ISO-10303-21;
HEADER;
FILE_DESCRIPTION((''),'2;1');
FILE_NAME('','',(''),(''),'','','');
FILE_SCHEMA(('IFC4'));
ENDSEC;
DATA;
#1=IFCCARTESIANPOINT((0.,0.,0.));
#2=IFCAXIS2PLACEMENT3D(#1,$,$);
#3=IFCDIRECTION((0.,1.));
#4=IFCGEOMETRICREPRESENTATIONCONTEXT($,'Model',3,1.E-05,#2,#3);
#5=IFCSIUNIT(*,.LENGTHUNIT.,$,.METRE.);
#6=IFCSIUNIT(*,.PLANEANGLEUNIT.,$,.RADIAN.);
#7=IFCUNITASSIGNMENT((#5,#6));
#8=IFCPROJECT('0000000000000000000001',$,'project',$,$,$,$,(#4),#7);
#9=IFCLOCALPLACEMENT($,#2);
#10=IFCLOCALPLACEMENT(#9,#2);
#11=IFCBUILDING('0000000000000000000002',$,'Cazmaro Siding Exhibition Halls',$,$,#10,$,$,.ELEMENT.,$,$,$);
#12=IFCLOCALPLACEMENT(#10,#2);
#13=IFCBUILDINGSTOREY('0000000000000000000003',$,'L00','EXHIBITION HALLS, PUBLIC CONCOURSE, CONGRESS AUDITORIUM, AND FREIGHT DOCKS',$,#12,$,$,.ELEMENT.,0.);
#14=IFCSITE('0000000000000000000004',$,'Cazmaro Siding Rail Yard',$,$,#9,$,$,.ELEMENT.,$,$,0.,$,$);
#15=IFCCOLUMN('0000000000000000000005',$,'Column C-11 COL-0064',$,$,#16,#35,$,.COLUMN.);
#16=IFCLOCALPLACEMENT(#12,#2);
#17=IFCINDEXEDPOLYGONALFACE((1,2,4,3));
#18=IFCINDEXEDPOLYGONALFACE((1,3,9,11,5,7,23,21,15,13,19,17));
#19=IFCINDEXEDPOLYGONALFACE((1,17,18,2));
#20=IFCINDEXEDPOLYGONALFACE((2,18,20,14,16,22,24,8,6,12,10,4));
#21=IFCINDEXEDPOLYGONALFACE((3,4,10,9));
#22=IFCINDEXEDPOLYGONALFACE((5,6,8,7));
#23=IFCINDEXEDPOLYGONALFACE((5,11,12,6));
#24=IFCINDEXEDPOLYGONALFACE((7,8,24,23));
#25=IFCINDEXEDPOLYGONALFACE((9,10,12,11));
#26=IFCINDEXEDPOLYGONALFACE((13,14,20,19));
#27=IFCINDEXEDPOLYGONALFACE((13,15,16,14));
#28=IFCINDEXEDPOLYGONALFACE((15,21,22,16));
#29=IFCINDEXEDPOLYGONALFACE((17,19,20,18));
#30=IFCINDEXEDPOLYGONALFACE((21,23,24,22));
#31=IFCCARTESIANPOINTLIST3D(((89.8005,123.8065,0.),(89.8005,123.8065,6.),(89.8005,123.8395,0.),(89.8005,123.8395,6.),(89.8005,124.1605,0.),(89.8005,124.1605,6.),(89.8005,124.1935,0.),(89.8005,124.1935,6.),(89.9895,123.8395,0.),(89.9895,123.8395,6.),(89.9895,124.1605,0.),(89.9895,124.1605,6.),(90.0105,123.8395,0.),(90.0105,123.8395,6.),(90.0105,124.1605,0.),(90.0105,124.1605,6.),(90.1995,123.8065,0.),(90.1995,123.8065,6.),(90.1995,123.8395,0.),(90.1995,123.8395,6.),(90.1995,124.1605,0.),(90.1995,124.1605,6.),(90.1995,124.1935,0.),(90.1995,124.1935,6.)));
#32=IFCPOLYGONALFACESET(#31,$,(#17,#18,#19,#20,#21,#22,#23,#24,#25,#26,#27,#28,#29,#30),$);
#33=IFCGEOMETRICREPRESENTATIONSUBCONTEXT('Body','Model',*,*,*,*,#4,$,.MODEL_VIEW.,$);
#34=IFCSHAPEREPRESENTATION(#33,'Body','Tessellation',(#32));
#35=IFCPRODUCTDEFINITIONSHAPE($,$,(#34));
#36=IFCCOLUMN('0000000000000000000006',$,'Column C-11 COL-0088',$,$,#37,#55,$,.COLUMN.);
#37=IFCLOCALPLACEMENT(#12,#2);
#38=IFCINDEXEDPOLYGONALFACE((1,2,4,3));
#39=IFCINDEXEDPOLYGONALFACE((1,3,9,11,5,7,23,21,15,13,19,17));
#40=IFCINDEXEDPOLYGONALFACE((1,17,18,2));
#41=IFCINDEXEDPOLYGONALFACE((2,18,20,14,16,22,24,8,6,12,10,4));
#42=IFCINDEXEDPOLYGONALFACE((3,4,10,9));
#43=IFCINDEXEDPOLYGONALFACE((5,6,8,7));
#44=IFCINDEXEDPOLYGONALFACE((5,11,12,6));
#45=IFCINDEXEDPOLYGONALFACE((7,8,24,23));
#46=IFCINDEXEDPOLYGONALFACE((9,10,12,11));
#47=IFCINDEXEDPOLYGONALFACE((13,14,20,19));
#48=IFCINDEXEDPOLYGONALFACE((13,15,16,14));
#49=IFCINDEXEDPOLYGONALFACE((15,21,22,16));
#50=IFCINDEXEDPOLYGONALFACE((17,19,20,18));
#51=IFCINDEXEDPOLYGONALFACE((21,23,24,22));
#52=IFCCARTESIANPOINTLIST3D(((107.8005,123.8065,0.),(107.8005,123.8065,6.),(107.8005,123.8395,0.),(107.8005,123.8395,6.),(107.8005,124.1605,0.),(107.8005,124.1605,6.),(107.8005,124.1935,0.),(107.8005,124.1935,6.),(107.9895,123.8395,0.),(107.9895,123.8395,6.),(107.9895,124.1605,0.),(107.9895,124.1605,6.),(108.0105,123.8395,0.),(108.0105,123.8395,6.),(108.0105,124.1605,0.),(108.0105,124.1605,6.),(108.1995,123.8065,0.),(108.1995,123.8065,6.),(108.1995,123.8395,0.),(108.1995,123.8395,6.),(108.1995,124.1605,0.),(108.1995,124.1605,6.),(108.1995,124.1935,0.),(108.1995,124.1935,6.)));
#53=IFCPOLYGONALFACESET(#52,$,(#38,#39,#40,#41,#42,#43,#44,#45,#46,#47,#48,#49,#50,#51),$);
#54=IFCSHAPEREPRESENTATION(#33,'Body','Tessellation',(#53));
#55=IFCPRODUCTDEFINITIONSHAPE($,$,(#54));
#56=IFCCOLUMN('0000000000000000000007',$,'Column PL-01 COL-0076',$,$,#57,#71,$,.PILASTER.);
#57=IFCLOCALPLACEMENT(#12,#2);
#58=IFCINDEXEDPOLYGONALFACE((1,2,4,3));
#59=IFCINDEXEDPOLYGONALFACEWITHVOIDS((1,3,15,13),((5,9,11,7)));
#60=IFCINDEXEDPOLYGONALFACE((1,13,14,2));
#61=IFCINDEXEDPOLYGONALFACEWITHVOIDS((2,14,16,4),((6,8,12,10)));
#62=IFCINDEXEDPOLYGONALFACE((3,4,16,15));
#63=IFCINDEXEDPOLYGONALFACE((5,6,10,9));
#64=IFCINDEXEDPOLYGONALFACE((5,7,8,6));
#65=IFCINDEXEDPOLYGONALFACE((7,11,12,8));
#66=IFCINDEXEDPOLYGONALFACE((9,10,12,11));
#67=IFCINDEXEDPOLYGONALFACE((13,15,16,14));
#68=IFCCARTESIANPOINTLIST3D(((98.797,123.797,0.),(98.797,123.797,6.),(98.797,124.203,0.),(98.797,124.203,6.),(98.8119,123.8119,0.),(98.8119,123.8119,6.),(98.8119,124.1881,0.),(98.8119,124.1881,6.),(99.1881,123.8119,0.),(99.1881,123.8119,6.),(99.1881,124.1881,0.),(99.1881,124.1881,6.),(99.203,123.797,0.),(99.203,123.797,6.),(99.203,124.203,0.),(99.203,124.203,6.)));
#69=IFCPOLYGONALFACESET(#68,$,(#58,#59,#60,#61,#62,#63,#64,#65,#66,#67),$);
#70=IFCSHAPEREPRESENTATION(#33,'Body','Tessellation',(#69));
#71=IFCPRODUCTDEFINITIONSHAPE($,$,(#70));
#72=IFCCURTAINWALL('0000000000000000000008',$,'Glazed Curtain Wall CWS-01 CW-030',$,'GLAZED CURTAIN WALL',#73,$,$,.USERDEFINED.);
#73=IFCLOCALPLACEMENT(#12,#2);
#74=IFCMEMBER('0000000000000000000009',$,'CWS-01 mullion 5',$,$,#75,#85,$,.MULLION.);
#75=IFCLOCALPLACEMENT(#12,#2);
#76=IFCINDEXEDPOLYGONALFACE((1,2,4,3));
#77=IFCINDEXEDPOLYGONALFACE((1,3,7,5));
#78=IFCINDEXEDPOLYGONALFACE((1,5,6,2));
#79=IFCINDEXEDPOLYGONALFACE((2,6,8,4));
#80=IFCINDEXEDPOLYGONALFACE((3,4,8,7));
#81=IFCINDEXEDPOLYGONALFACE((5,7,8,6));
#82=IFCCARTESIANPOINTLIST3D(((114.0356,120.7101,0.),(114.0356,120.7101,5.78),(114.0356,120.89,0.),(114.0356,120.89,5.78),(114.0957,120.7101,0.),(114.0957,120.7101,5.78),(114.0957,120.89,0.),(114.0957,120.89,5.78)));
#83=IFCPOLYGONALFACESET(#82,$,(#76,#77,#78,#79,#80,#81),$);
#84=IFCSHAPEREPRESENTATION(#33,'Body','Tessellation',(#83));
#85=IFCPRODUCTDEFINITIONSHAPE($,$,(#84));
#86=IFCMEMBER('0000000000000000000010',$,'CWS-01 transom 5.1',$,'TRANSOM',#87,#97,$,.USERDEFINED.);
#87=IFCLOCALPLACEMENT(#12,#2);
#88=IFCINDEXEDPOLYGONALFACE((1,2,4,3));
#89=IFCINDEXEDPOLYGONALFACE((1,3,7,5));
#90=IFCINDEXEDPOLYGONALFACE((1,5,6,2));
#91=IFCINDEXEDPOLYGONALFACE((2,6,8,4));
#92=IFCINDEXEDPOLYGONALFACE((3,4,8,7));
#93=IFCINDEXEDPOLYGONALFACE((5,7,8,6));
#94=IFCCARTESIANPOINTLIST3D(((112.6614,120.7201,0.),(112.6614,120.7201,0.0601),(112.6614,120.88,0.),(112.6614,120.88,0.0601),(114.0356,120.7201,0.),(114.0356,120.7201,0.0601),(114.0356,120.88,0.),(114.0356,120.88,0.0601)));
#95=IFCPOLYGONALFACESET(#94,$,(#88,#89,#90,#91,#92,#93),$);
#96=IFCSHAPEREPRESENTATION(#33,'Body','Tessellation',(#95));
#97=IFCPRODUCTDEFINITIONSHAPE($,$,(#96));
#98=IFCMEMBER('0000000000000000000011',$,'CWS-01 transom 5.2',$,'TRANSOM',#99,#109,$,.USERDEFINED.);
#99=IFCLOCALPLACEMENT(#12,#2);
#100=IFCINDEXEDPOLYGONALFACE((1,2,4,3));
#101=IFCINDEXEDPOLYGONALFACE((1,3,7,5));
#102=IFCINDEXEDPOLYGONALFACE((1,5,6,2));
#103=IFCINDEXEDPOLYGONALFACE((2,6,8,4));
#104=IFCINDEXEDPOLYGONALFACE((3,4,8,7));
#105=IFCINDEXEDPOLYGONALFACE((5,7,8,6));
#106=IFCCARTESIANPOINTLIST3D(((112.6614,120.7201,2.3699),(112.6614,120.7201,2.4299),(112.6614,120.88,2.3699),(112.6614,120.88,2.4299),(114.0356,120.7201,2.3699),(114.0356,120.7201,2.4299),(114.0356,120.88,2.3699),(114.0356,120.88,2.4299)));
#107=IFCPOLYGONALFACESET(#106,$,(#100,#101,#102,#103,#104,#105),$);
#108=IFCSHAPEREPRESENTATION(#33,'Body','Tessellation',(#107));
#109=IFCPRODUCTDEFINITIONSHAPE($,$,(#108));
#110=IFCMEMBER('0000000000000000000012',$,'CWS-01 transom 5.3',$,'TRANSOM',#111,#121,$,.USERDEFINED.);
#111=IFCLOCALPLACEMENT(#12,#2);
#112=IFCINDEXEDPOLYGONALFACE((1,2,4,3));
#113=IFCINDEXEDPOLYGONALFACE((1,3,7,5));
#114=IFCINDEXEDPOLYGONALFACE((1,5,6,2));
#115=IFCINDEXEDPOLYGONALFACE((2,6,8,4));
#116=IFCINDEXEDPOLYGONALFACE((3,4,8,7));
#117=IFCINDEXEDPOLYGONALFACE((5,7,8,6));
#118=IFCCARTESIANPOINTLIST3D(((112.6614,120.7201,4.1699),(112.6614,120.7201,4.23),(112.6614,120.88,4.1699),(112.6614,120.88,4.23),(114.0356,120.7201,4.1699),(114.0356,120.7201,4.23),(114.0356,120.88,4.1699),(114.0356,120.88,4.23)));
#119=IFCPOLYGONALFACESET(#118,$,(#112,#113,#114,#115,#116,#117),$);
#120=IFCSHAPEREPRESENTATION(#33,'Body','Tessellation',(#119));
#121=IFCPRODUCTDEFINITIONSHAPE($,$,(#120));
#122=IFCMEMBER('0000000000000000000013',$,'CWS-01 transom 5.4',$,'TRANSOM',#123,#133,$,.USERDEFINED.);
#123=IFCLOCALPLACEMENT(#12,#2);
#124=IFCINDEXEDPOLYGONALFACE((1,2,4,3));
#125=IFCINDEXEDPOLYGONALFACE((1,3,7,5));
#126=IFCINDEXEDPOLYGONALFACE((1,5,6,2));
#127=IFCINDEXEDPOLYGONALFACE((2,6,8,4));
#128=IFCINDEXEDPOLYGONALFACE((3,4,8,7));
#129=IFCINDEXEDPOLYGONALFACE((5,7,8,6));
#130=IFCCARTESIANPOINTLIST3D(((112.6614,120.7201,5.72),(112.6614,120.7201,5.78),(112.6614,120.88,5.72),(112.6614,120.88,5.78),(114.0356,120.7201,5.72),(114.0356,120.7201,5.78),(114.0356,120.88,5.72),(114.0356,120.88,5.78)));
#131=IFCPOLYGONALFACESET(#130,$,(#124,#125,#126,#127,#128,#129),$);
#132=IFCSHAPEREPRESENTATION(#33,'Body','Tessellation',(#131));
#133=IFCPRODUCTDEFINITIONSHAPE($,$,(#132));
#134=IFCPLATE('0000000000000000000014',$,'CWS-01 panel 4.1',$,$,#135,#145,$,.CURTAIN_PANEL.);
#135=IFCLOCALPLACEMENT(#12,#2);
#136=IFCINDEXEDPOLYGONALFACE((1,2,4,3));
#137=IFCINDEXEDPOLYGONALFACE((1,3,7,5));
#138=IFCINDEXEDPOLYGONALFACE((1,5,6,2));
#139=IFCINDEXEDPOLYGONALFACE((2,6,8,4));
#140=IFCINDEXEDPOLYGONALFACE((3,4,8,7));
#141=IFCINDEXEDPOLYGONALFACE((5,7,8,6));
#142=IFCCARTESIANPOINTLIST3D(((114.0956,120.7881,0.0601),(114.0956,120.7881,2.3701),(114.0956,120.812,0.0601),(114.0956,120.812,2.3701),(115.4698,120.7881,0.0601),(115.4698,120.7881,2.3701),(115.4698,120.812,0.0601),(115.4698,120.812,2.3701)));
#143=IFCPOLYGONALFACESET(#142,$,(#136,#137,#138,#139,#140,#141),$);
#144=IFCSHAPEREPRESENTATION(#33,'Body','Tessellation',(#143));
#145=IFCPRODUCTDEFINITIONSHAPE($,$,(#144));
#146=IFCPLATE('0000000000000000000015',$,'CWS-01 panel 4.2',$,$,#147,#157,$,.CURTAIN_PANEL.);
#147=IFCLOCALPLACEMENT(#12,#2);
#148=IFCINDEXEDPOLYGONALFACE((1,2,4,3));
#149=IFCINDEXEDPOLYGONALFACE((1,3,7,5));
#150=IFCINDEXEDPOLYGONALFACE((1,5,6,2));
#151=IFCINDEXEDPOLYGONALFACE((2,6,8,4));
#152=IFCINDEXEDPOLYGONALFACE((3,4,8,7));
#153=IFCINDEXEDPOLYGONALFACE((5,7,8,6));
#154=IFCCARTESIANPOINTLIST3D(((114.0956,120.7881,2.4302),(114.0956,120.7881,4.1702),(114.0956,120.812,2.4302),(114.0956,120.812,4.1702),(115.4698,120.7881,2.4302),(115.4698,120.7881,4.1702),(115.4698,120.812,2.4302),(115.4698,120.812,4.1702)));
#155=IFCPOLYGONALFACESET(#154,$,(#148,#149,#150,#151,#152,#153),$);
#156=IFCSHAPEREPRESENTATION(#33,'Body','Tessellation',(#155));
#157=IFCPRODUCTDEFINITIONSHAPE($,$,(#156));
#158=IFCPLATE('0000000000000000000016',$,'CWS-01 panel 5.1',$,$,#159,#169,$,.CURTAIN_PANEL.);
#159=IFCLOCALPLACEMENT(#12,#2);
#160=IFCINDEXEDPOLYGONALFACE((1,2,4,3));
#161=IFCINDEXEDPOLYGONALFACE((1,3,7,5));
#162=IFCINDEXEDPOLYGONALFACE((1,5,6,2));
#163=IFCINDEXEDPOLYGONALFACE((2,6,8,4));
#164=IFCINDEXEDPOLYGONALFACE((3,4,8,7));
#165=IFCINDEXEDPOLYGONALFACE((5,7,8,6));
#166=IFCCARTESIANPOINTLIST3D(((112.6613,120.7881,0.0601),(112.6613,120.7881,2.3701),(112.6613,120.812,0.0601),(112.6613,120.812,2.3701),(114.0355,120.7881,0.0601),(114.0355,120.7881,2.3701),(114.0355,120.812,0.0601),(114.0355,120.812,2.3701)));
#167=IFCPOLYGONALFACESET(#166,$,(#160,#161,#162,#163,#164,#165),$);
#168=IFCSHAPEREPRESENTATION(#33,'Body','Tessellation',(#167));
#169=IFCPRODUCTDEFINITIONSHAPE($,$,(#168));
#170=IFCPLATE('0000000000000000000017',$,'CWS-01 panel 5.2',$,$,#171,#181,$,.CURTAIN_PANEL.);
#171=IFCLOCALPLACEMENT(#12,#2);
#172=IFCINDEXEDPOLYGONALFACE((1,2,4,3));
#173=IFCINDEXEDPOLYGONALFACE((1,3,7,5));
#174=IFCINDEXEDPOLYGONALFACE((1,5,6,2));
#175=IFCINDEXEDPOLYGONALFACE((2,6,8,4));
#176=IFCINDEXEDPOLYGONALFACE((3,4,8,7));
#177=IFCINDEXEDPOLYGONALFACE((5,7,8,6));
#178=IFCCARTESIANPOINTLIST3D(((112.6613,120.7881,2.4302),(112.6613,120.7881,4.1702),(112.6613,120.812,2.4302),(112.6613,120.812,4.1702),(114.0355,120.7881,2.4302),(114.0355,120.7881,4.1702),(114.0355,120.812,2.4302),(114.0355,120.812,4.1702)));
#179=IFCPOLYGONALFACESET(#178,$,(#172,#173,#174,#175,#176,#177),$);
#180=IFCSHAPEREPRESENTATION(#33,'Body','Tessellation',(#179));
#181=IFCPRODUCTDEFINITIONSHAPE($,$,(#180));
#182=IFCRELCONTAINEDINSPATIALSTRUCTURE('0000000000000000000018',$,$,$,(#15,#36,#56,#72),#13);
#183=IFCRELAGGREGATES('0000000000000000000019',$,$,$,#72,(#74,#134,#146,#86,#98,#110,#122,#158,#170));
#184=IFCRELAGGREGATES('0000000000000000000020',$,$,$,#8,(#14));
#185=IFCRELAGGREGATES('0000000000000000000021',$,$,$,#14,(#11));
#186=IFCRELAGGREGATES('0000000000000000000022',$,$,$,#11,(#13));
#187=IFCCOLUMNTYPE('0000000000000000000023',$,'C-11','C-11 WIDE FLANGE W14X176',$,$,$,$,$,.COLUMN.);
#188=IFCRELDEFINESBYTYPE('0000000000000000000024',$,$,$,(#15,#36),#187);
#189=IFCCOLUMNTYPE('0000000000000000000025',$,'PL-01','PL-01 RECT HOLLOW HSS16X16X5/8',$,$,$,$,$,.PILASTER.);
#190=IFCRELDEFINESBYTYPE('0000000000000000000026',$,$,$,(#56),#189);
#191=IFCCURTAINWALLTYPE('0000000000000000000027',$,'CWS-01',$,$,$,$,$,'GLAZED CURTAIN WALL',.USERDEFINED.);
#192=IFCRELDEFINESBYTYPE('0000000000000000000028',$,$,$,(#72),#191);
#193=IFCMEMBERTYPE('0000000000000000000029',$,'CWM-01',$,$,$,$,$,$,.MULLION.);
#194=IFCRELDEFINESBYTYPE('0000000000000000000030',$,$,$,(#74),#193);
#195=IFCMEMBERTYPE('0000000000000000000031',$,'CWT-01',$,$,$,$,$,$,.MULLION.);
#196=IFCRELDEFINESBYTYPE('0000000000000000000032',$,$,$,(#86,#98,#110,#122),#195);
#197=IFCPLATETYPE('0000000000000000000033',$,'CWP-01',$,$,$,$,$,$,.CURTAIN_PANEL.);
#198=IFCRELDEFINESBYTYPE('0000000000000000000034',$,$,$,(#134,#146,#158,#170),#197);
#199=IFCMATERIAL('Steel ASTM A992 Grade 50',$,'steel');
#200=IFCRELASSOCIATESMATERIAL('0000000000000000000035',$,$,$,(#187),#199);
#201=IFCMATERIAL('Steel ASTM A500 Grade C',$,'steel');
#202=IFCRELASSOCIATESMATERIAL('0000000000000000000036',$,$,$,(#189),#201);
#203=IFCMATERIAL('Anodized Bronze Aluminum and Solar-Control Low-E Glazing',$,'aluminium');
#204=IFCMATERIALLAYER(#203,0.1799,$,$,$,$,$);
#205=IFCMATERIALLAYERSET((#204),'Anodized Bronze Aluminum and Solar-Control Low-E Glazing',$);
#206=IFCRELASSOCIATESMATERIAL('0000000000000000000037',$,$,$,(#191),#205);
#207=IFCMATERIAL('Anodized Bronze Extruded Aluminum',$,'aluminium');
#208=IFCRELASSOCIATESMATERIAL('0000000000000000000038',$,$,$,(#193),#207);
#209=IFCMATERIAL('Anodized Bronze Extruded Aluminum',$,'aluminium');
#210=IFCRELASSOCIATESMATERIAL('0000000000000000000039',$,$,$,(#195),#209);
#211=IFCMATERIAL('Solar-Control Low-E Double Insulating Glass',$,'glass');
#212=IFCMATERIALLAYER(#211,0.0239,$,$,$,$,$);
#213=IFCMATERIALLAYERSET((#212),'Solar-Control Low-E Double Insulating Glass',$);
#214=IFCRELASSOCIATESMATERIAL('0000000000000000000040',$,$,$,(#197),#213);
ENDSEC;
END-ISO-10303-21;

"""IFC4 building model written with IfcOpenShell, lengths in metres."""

from ifc_helpers import new_model, si_unit, direction, frame, origin, origin_2d, place, context, subcontext, project, spatial, rectangle, hollow_rectangle, i_section, extrude, material, layer, layer_set, material_profile, profile_set, type_object, element, aggregate, save


model = new_model("IFC4")

# Units and contexts
model_context = context("Model", 3, precision=1e-05, world=origin(), true_north=direction((0.0, 1.0)))
body_context = subcontext(model_context, "Body", "Model", "MODEL_VIEW")
ifc_project = project(units=[si_unit("LENGTHUNIT", "METRE"), si_unit("PLANEANGLEUNIT", "RADIAN")], contexts=[model_context])

# Site, building, storey
site_placement = place(None, origin())
site = spatial("IfcSite", under=ifc_project, at=site_placement, Name="Cazmaro Siding Rail Yard", CompositionType="ELEMENT", RefElevation=0.0)
building_placement = place(site_placement, origin())
building = spatial("IfcBuilding", under=site, at=building_placement, Name="Cazmaro Siding Exhibition Halls", CompositionType="ELEMENT")
storey_placement = place(building_placement, origin())
storey = spatial("IfcBuildingStorey", under=building, at=storey_placement, Name="L00", Description="EXHIBITION HALLS, PUBLIC CONCOURSE, CONGRESS AUDITORIUM, AND FREIGHT DOCKS", CompositionType="ELEMENT", Elevation=0.0)

# Columns
ifc_material_1 = material(Name="Steel ASTM A992 Grade 50", Category="steel")
ifc_material_profile_1 = material_profile(ifc_material_1, i_section(OverallWidth=0.3989, OverallDepth=0.387, WebThickness=0.021, FlangeThickness=0.033, at=origin_2d()), Name="W14X176")
ifc_profile_set_1 = profile_set([ifc_material_profile_1], Name="Steel ASTM A992 Grade 50")
column_type_1 = type_object("IfcColumnType", Name="C-11", Description="C-11 WIDE FLANGE W14X176", PredefinedType="COLUMN", material=ifc_profile_set_1)
for number, where, z_axis, x_axis, name in (
    (1, (90.0, 124.0, 0.0), (0.0, 0.0, 1.0), (1.0, 0.0, 0.0), "Column C-11 COL-0064"),
    (2, (108.0, 124.0, 0.0), (0.0, 0.0, 1.0), (1.0, 0.0, 0.0), "Column C-11 COL-0088"),
):
    element("IfcColumn", number, at=place(storey_placement, frame(where, z_axis=z_axis, x_axis=x_axis)), inside=storey, type_object=column_type_1, Name=name, PredefinedType="COLUMN", context=body_context, shape_type="SweptSolid", body=[
        extrude(i_section(OverallWidth=0.3989, OverallDepth=0.387, WebThickness=0.021, FlangeThickness=0.033, at=origin_2d()), origin(), (0.0, 0.0, 1.0), 6.0),
    ])
ifc_material_2 = material(Name="Steel ASTM A500 Grade C", Category="steel")
ifc_material_profile_2 = material_profile(ifc_material_2, hollow_rectangle(XDim=0.406, YDim=0.406, WallThickness=0.0149, at=origin_2d()), Name="HSS16X16X5/8")
ifc_profile_set_2 = profile_set([ifc_material_profile_2], Name="Steel ASTM A500 Grade C")
column_type_2 = type_object("IfcColumnType", Name="PL-01", Description="PL-01 RECT HOLLOW HSS16X16X5/8", PredefinedType="PILASTER", material=ifc_profile_set_2)
column_placement = place(storey_placement, frame((99.0, 124.0, 0.0), z_axis=(0.0, 0.0, 1.0), x_axis=(1.0, 0.0, 0.0)))
element("IfcColumn", 3, at=column_placement, inside=storey, type_object=column_type_2, Name="Column PL-01 COL-0076", PredefinedType="PILASTER", context=body_context, shape_type="SweptSolid", body=[
    extrude(hollow_rectangle(XDim=0.406, YDim=0.406, WallThickness=0.0149, at=origin_2d()), origin(), (0.0, 0.0, 1.0), 6.0),
])

# Curtain wall, members, plates
ifc_material_3 = material(Name="Anodized Bronze Aluminum and Solar-Control Low-E Glazing", Category="aluminium")
ifc_layer_1 = layer(ifc_material_3, 0.1799)
ifc_layer_set_1 = layer_set([ifc_layer_1], Name="Anodized Bronze Aluminum and Solar-Control Low-E Glazing")
curtain_wall_type = type_object("IfcCurtainWallType", Name="CWS-01", ElementType="GLAZED CURTAIN WALL", PredefinedType="USERDEFINED", material=ifc_layer_set_1)
curtain_wall_placement = place(storey_placement, origin())
curtain_wall = element("IfcCurtainWall", 4, at=curtain_wall_placement, inside=storey, type_object=curtain_wall_type, Name="Glazed Curtain Wall CWS-01 CW-030", ObjectType="GLAZED CURTAIN WALL", PredefinedType="USERDEFINED")
ifc_material_4 = material(Name="Anodized Bronze Extruded Aluminum", Category="aluminium")
ifc_material_profile_3 = material_profile(ifc_material_4, rectangle(XDim=0.1799, YDim=0.0601, at=origin_2d()), Name="CWM-01")
ifc_profile_set_3 = profile_set([ifc_material_profile_3], Name="Anodized Bronze Extruded Aluminum")
member_type_1 = type_object("IfcMemberType", Name="CWM-01", PredefinedType="MULLION", material=ifc_profile_set_3)
member_1_placement = place(storey_placement, frame((114.0657, 120.8, 0.0), z_axis=(0.0, 0.0, 1.0), x_axis=(0.0, -1.0, 0.0)))
member_1 = element("IfcMember", 5, at=member_1_placement, type_object=member_type_1, Name="CWS-01 mullion 5", PredefinedType="MULLION", context=body_context, shape_type="SweptSolid", body=[
    extrude(rectangle(XDim=0.1799, YDim=0.0601, at=origin_2d()), origin(), (0.0, 0.0, 1.0), 5.78),
])
ifc_material_5 = material(Name="Anodized Bronze Extruded Aluminum", Category="aluminium")
ifc_material_profile_4 = material_profile(ifc_material_5, rectangle(XDim=0.1599, YDim=0.0601, at=origin_2d()), Name="CWT-01")
ifc_profile_set_4 = profile_set([ifc_material_profile_4], Name="Anodized Bronze Extruded Aluminum")
member_type_2 = type_object("IfcMemberType", Name="CWT-01", PredefinedType="MULLION", material=ifc_profile_set_4)
member_2_placement = place(storey_placement, frame((114.0356, 120.8, 0.03), z_axis=(-1.0, 0.0, 0.0), x_axis=(0.0, -1.0, 0.0)))
member_2 = element("IfcMember", 6, at=member_2_placement, type_object=member_type_2, Name="CWS-01 transom 5.1", ObjectType="TRANSOM", PredefinedType="USERDEFINED", context=body_context, shape_type="SweptSolid", body=[
    extrude(rectangle(XDim=0.1599, YDim=0.0601, at=origin_2d()), origin(), (0.0, 0.0, 1.0), 1.3743),
])
member_3_placement = place(storey_placement, frame((114.0356, 120.8, 2.3999), z_axis=(-1.0, 0.0, 0.0), x_axis=(0.0, -1.0, 0.0)))
member_3 = element("IfcMember", 7, at=member_3_placement, type_object=member_type_2, Name="CWS-01 transom 5.2", ObjectType="TRANSOM", PredefinedType="USERDEFINED", context=body_context, shape_type="SweptSolid", body=[
    extrude(rectangle(XDim=0.1599, YDim=0.0601, at=origin_2d()), origin(), (0.0, 0.0, 1.0), 1.3743),
])
member_4_placement = place(storey_placement, frame((114.0356, 120.8, 4.2), z_axis=(-1.0, 0.0, 0.0), x_axis=(0.0, -1.0, 0.0)))
member_4 = element("IfcMember", 8, at=member_4_placement, type_object=member_type_2, Name="CWS-01 transom 5.3", ObjectType="TRANSOM", PredefinedType="USERDEFINED", context=body_context, shape_type="SweptSolid", body=[
    extrude(rectangle(XDim=0.1599, YDim=0.0601, at=origin_2d()), origin(), (0.0, 0.0, 1.0), 1.3743),
])
member_5_placement = place(storey_placement, frame((114.0356, 120.8, 5.75), z_axis=(-1.0, 0.0, 0.0), x_axis=(0.0, -1.0, 0.0)))
member_5 = element("IfcMember", 9, at=member_5_placement, type_object=member_type_2, Name="CWS-01 transom 5.4", ObjectType="TRANSOM", PredefinedType="USERDEFINED", context=body_context, shape_type="SweptSolid", body=[
    extrude(rectangle(XDim=0.1599, YDim=0.0601, at=origin_2d()), origin(), (0.0, 0.0, 1.0), 1.3743),
])
ifc_material_6 = material(Name="Solar-Control Low-E Double Insulating Glass", Category="glass")
ifc_layer_2 = layer(ifc_material_6, 0.0239)
ifc_layer_set_2 = layer_set([ifc_layer_2], Name="Solar-Control Low-E Double Insulating Glass")
plate_type = type_object("IfcPlateType", Name="CWP-01", PredefinedType="CURTAIN_PANEL", material=ifc_layer_set_2)
plate_1_placement = place(storey_placement, frame((114.7827, 120.8, 0.0601), z_axis=(0.0, 0.0, 1.0), x_axis=(-1.0, 0.0, 0.0)))
plate_1 = element("IfcPlate", 10, at=plate_1_placement, type_object=plate_type, Name="CWS-01 panel 4.1", PredefinedType="CURTAIN_PANEL", context=body_context, shape_type="SweptSolid", body=[
    extrude(rectangle(XDim=1.3743, YDim=0.0239, at=origin_2d()), origin(), (0.0, 0.0, 1.0), 2.3101),
])
plate_2_placement = place(storey_placement, frame((114.7827, 120.8, 2.4302), z_axis=(0.0, 0.0, 1.0), x_axis=(-1.0, 0.0, 0.0)))
plate_2 = element("IfcPlate", 11, at=plate_2_placement, type_object=plate_type, Name="CWS-01 panel 4.2", PredefinedType="CURTAIN_PANEL", context=body_context, shape_type="SweptSolid", body=[
    extrude(rectangle(XDim=1.3743, YDim=0.0239, at=origin_2d()), origin(), (0.0, 0.0, 1.0), 1.74),
])
plate_3_placement = place(storey_placement, frame((113.3484, 120.8, 0.0601), z_axis=(0.0, 0.0, 1.0), x_axis=(-1.0, 0.0, 0.0)))
plate_3 = element("IfcPlate", 12, at=plate_3_placement, type_object=plate_type, Name="CWS-01 panel 5.1", PredefinedType="CURTAIN_PANEL", context=body_context, shape_type="SweptSolid", body=[
    extrude(rectangle(XDim=1.3743, YDim=0.0239, at=origin_2d()), origin(), (0.0, 0.0, 1.0), 2.3101),
])
plate_4_placement = place(storey_placement, frame((113.3484, 120.8, 2.4302), z_axis=(0.0, 0.0, 1.0), x_axis=(-1.0, 0.0, 0.0)))
plate_4 = element("IfcPlate", 13, at=plate_4_placement, type_object=plate_type, Name="CWS-01 panel 5.2", PredefinedType="CURTAIN_PANEL", context=body_context, shape_type="SweptSolid", body=[
    extrude(rectangle(XDim=1.3743, YDim=0.0239, at=origin_2d()), origin(), (0.0, 0.0, 1.0), 1.74),
])
aggregate(curtain_wall, [member_1, plate_1, plate_2, member_2, member_3, member_4, member_5, plate_3, plate_4])

save(model, "model.ifc")
